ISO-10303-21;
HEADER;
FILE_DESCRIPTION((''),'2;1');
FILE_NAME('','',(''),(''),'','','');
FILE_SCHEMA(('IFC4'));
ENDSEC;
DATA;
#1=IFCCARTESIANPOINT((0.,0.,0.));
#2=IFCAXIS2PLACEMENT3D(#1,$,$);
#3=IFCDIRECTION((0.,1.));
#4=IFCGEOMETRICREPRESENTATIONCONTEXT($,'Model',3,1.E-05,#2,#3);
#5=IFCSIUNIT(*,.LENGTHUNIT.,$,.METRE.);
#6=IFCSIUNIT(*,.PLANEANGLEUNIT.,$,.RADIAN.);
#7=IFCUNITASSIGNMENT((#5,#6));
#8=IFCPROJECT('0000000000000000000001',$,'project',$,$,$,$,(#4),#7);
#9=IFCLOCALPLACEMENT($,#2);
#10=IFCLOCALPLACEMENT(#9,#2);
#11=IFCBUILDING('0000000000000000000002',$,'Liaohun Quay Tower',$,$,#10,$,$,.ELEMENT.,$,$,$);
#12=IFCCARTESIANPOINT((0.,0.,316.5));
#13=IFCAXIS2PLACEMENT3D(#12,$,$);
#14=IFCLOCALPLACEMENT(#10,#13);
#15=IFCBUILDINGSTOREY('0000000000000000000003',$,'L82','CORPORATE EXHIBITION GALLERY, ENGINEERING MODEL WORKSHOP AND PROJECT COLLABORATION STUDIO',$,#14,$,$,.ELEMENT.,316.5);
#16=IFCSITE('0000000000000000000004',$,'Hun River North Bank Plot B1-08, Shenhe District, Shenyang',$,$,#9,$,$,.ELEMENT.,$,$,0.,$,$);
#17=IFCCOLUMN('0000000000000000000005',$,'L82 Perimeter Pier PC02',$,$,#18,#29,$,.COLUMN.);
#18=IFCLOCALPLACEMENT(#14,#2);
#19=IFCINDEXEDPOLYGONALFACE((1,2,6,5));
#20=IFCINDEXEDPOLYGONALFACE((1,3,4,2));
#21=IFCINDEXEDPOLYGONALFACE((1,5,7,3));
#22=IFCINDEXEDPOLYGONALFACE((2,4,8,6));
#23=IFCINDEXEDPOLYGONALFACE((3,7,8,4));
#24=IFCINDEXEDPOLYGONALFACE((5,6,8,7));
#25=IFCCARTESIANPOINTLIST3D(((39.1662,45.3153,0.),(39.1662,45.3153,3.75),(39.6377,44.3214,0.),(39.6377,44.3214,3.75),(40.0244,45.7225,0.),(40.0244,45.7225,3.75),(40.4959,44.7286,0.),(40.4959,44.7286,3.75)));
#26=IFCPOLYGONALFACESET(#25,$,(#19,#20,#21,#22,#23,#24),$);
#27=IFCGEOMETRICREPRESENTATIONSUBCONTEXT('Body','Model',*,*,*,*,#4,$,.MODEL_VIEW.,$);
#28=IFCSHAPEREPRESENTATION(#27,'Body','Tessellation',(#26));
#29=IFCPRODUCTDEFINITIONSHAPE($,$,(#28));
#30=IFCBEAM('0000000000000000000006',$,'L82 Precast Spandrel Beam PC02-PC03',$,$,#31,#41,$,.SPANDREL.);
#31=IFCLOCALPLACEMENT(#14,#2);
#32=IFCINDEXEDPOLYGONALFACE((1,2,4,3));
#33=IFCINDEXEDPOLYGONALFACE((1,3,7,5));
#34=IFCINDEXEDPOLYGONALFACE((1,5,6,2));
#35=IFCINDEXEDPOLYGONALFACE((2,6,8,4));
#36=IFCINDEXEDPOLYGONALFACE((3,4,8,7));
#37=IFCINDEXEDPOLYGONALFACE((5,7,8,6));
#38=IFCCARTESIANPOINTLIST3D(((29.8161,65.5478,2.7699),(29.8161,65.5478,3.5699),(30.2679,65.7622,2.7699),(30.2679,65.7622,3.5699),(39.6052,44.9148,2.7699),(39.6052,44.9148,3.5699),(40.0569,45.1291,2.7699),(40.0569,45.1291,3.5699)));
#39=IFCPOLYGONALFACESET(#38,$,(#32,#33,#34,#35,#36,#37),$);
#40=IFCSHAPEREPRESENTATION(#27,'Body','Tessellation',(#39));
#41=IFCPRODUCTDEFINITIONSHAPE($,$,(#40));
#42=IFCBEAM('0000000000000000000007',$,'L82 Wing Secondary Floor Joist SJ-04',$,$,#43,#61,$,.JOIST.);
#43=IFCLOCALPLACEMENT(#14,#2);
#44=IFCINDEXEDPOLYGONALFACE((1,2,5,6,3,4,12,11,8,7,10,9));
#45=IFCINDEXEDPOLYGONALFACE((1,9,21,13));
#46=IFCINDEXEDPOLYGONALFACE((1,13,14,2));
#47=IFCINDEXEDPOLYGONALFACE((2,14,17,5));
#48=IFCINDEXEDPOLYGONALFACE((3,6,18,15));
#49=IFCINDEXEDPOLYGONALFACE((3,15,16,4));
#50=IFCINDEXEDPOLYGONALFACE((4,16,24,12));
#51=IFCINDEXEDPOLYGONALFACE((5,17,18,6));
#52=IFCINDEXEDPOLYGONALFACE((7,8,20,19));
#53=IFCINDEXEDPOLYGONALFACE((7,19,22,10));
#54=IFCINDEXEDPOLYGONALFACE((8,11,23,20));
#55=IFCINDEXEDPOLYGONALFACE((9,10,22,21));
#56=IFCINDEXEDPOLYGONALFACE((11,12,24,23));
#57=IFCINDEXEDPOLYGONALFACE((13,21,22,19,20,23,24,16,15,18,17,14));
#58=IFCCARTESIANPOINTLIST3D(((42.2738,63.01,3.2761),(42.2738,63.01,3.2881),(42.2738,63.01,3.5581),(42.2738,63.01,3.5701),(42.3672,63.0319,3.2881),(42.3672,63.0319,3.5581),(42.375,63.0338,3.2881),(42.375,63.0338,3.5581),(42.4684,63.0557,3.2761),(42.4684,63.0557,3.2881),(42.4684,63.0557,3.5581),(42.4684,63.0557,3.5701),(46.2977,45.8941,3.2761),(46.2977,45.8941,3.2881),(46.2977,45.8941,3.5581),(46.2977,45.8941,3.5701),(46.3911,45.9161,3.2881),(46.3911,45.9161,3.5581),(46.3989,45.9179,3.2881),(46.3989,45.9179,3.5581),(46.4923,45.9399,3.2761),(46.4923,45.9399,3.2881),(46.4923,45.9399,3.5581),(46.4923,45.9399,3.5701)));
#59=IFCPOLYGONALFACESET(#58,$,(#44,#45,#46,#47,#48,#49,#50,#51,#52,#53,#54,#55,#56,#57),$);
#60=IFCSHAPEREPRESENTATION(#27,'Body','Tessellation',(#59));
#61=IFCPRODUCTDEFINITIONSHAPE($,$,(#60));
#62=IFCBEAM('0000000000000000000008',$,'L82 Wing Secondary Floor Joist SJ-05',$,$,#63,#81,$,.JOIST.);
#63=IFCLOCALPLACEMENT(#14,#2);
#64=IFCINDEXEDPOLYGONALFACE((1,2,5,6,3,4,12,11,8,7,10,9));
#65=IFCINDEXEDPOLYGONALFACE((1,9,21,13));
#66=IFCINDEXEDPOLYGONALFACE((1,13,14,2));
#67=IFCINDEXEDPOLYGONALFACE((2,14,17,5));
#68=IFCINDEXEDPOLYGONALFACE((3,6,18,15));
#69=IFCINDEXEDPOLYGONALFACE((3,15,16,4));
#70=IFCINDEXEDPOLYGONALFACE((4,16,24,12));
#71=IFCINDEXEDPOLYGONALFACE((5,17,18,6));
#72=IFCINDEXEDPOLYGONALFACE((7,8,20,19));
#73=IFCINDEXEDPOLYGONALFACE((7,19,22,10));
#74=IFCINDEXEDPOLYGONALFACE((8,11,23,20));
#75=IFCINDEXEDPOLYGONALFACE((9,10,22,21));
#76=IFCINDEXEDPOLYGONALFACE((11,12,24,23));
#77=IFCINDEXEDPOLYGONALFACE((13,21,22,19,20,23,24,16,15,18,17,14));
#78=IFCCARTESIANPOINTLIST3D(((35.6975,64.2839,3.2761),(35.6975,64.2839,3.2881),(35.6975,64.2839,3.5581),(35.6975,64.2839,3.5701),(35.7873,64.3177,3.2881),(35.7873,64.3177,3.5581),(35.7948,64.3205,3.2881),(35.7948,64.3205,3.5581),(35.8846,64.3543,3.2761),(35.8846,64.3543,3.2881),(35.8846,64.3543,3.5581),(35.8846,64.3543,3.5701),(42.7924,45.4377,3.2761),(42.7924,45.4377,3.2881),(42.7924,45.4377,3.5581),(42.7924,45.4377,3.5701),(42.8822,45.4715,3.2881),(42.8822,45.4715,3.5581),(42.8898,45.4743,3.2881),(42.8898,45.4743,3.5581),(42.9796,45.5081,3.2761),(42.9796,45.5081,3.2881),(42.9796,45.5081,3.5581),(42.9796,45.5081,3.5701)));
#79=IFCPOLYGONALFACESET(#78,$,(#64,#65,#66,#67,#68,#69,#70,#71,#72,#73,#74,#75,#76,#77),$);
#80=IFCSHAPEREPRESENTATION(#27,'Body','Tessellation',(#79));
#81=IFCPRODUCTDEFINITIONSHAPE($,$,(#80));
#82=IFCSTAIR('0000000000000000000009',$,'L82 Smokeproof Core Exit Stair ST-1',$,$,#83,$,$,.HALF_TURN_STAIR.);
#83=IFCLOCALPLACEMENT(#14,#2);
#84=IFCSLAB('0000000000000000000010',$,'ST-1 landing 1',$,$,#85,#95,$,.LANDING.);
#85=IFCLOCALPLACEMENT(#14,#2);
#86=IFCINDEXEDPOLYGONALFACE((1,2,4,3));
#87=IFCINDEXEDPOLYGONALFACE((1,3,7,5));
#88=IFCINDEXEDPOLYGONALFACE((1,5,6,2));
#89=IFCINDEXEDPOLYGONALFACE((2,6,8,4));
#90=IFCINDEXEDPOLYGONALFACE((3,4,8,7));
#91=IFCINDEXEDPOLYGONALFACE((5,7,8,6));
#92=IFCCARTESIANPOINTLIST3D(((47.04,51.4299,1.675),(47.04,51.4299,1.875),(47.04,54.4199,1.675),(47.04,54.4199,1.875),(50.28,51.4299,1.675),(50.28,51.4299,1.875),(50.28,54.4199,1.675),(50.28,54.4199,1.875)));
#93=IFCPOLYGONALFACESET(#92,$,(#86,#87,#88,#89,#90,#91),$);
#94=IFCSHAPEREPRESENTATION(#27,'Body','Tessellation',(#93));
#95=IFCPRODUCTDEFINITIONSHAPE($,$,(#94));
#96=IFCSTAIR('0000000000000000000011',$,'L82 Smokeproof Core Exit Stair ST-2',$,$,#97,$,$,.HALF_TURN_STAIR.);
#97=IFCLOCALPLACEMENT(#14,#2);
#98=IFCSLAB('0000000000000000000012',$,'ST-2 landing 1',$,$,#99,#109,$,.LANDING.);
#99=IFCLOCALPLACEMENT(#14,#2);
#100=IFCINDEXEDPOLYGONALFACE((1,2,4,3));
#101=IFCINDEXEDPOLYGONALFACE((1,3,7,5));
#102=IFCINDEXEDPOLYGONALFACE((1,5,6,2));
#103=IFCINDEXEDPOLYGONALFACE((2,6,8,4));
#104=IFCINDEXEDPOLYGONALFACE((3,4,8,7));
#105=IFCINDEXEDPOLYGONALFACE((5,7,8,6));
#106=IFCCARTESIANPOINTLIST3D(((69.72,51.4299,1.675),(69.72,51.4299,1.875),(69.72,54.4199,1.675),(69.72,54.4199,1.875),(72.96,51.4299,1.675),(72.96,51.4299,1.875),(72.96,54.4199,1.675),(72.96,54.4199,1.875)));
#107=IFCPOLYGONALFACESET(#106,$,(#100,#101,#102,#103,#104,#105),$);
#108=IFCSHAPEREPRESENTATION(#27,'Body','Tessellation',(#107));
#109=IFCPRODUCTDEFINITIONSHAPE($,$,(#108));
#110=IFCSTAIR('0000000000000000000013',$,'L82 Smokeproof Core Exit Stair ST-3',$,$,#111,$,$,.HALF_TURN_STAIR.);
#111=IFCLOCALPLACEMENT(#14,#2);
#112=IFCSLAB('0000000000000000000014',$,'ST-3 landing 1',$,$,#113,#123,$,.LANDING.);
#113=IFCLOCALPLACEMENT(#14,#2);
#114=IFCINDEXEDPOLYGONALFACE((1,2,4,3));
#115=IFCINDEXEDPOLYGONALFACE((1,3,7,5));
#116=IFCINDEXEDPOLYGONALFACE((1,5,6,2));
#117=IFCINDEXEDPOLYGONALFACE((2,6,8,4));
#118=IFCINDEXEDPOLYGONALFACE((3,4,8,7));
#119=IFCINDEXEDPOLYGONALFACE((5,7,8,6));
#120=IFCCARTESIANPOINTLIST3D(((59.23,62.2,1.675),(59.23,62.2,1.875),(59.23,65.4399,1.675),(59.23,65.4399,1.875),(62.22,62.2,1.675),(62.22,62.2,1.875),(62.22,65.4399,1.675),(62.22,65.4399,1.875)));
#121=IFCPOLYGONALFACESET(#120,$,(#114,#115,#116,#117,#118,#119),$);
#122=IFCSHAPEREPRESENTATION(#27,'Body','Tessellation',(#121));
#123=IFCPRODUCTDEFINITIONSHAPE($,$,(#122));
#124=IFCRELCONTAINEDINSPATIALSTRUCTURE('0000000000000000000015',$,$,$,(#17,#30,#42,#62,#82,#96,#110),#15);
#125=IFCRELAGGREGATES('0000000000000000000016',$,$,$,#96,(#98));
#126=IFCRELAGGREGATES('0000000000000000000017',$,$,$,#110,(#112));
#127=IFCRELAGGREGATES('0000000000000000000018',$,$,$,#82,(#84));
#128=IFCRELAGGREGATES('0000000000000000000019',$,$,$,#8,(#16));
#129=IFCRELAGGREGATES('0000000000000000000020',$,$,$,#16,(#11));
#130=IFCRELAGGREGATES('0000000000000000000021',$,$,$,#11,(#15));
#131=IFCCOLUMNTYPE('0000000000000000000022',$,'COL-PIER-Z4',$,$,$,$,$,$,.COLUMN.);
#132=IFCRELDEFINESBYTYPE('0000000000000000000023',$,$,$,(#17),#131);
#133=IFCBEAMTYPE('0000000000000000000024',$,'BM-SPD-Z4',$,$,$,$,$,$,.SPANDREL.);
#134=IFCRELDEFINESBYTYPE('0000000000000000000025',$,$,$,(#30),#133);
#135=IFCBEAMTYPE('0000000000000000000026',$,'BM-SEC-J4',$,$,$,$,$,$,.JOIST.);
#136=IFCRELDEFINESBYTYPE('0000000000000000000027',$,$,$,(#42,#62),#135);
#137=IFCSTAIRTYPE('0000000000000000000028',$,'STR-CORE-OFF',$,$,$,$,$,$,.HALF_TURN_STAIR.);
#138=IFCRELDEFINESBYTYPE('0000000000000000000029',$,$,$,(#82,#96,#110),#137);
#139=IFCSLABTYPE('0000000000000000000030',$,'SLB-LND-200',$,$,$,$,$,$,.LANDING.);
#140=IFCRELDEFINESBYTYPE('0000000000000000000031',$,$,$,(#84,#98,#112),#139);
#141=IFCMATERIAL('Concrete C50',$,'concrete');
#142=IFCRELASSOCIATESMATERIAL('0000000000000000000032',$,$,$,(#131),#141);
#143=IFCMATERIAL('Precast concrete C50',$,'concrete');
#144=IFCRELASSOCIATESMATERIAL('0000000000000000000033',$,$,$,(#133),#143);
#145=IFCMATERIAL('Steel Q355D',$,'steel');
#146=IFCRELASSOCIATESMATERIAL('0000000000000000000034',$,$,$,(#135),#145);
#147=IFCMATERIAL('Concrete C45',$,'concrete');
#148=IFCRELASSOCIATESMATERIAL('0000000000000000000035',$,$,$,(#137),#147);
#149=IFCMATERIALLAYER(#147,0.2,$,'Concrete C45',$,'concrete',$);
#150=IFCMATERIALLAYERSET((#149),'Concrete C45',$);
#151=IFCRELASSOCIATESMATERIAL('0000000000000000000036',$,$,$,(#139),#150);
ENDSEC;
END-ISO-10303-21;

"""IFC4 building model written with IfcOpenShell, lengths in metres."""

from ifc_helpers import new_model, si_unit, direction, frame, origin, origin_2d, place, context, subcontext, project, spatial, polyline, rectangle, i_section, outline, extrude, source, transform, mapped, material, layer, layer_set, material_profile, profile_set, type_object, element, aggregate, save


model = new_model("IFC4")

# Units and contexts
model_context = context("Model", 3, precision=1e-05, world=origin(), true_north=direction((0.0, 1.0)))
body_context = subcontext(model_context, "Body", "Model", "MODEL_VIEW")
ifc_project = project(units=[si_unit("LENGTHUNIT", "METRE"), si_unit("PLANEANGLEUNIT", "RADIAN")], contexts=[model_context])

# Site, building, storey
site_placement = place(None, origin())
site = spatial("IfcSite", under=ifc_project, at=site_placement, Name="Hun River North Bank Plot B1-08, Shenhe District, Shenyang", CompositionType="ELEMENT", RefElevation=0.0)
building_placement = place(site_placement, origin())
building = spatial("IfcBuilding", under=site, at=building_placement, Name="Liaohun Quay Tower", CompositionType="ELEMENT")
storey_placement = place(building_placement, frame((0.0, 0.0, 316.5)))
storey = spatial("IfcBuildingStorey", under=building, at=storey_placement, Name="L82", Description="CORPORATE EXHIBITION GALLERY, ENGINEERING MODEL WORKSHOP AND PROJECT COLLABORATION STUDIO", CompositionType="ELEMENT", Elevation=316.5)

# Column
ifc_material_1 = material(Name="Concrete C50", Category="concrete")
ifc_material_profile_1 = material_profile(ifc_material_1, rectangle(XDim=1.1001, YDim=0.95, at=origin_2d()), Name="RC1100x950")
ifc_profile_set_1 = profile_set([ifc_material_profile_1], Name="Concrete C50")
column_type = type_object("IfcColumnType", Name="COL-PIER-Z4", PredefinedType="COLUMN", material=ifc_profile_set_1)
shared_shape_1 = source(origin(), body_context, "Body", "SweptSolid", [
    extrude(rectangle(XDim=1.1001, YDim=0.95, at=origin_2d()), origin(), (0.0, 0.0, 1.0), 3.75),
])
column_placement = place(storey_placement, frame((39.8311, 45.022, 0.0), z_axis=(0.0, 0.0, 1.0), x_axis=(-0.42862, 0.903485, 0.0)))
element("IfcColumn", 1, at=column_placement, inside=storey, type_object=column_type, Name="L82 Perimeter Pier PC02", PredefinedType="COLUMN", context=body_context, shape_type="MappedRepresentation", body=[
    mapped(shared_shape_1, transform((0.0, 0.0, 0.0), x_axis=(1.0, 0.0, 0.0), y_axis=(0.0, 1.0, 0.0), z_axis=(0.0, 0.0, 1.0), scale=1.0)),
])

# Beams
ifc_material_2 = material(Name="Precast concrete C50", Category="concrete")
ifc_material_profile_2 = material_profile(ifc_material_2, rectangle(XDim=0.5, YDim=0.8, at=origin_2d()), Name="RC500x800")
ifc_profile_set_2 = profile_set([ifc_material_profile_2], Name="Precast concrete C50")
beam_type_1 = type_object("IfcBeamType", Name="BM-SPD-Z4", PredefinedType="SPANDREL", material=ifc_profile_set_2)
shared_shape_2 = source(origin(), body_context, "Body", "SweptSolid", [
    extrude(rectangle(XDim=0.5, YDim=0.8, at=origin_2d()), origin(), (0.0, 0.0, 1.0), 22.8374),
])
beam_1_placement = place(storey_placement, frame((39.8311, 45.022, 3.1699), z_axis=(-0.428641, 0.903475, 0.0), x_axis=(-0.903475, -0.428641, 0.0)))
element("IfcBeam", 2, at=beam_1_placement, inside=storey, type_object=beam_type_1, Name="L82 Precast Spandrel Beam PC02-PC03", PredefinedType="SPANDREL", context=body_context, shape_type="MappedRepresentation", body=[
    mapped(shared_shape_2, transform((0.0, 0.0, 0.0), x_axis=(1.0, 0.0, 0.0), y_axis=(0.0, 1.0, 0.0), z_axis=(0.0, 0.0, 1.0), scale=1.0)),
])
ifc_material_3 = material(Name="Steel Q355D", Category="steel")
ifc_material_profile_3 = material_profile(ifc_material_3, i_section(OverallWidth=0.2, OverallDepth=0.2939, WebThickness=0.0081, FlangeThickness=0.012, at=origin_2d()), Name="HM294x200x8x12")
ifc_profile_set_3 = profile_set([ifc_material_profile_3], Name="Steel Q355D")
beam_type_2 = type_object("IfcBeamType", Name="BM-SEC-J4", PredefinedType="JOIST", material=ifc_profile_set_3)
shared_shape_3 = source(origin(), body_context, "Body", "SweptSolid", [
    extrude(i_section(OverallWidth=0.2, OverallDepth=0.2939, WebThickness=0.0081, FlangeThickness=0.012, at=origin_2d()), origin(), (0.0, 0.0, 1.0), 17.5825),
])
beam_2_placement = place(storey_placement, frame((46.395, 45.917, 3.4231), z_axis=(-0.228858, 0.97346, 0.0), x_axis=(-0.97346, -0.228858, 0.0)))
element("IfcBeam", 3, at=beam_2_placement, inside=storey, type_object=beam_type_2, Name="L82 Wing Secondary Floor Joist SJ-04", PredefinedType="JOIST", context=body_context, shape_type="MappedRepresentation", body=[
    mapped(shared_shape_3, transform((0.0, 0.0, 0.0), x_axis=(1.0, 0.0, 0.0), y_axis=(0.0, 1.0, 0.0), z_axis=(0.0, 0.0, 1.0), scale=1.0)),
])
shared_shape_4 = source(origin(), body_context, "Body", "SweptSolid", [
    extrude(i_section(OverallWidth=0.2, OverallDepth=0.2939, WebThickness=0.0081, FlangeThickness=0.012, at=origin_2d()), origin(), (0.0, 0.0, 1.0), 20.1375),
])
beam_3_placement = place(storey_placement, frame((42.886, 45.4729, 3.4231), z_axis=(-0.352327, 0.935877, 0.0), x_axis=(-0.935877, -0.352327, 0.0)))
element("IfcBeam", 4, at=beam_3_placement, inside=storey, type_object=beam_type_2, Name="L82 Wing Secondary Floor Joist SJ-05", PredefinedType="JOIST", context=body_context, shape_type="MappedRepresentation", body=[
    mapped(shared_shape_4, transform((0.0, 0.0, 0.0), x_axis=(1.0, 0.0, 0.0), y_axis=(0.0, 1.0, 0.0), z_axis=(0.0, 0.0, 1.0), scale=1.0)),
])

# Stairs, slabs
ifc_material_4 = material(Name="Concrete C45", Category="concrete")
stair_type = type_object("IfcStairType", Name="STR-CORE-OFF", PredefinedType="HALF_TURN_STAIR", material=ifc_material_4)
stair_1_placement = place(storey_placement, origin())
stair_1 = element("IfcStair", 5, at=stair_1_placement, inside=storey, type_object=stair_type, Name="L82 Smokeproof Core Exit Stair ST-1", PredefinedType="HALF_TURN_STAIR")
ifc_layer_1 = layer(ifc_material_4, 0.2, Name="Concrete C45", Category="concrete")
ifc_layer_set_1 = layer_set([ifc_layer_1], Name="Concrete C45")
slab_type_1 = type_object("IfcSlabType", Name="SLB-LND-200", PredefinedType="LANDING", material=ifc_layer_set_1)
slab_1_placement = place(storey_placement, frame((0.0, 0.0, 1.675)))
slab_1 = element("IfcSlab", 6, at=slab_1_placement, type_object=slab_type_1, Name="ST-1 landing 1", PredefinedType="LANDING", context=body_context, shape_type="SweptSolid", body=[
    extrude(outline(polyline([(50.28, 51.4299), (50.28, 54.4199), (47.04, 54.4199), (47.04, 51.4299), (50.28, 51.4299)])), origin(), (0.0, 0.0, 1.0), 0.2),
])
stair_2_placement = place(storey_placement, origin())
stair_2 = element("IfcStair", 7, at=stair_2_placement, inside=storey, type_object=stair_type, Name="L82 Smokeproof Core Exit Stair ST-2", PredefinedType="HALF_TURN_STAIR")
slab_2_placement = place(storey_placement, frame((0.0, 0.0, 1.675)))
slab_2 = element("IfcSlab", 8, at=slab_2_placement, type_object=slab_type_1, Name="ST-2 landing 1", PredefinedType="LANDING", context=body_context, shape_type="SweptSolid", body=[
    extrude(outline(polyline([(72.96, 51.4299), (72.96, 54.4199), (69.72, 54.4199), (69.72, 51.4299), (72.96, 51.4299)])), origin(), (0.0, 0.0, 1.0), 0.2),
])
aggregate(stair_2, [slab_2])
stair_3_placement = place(storey_placement, origin())
stair_3 = element("IfcStair", 9, at=stair_3_placement, inside=storey, type_object=stair_type, Name="L82 Smokeproof Core Exit Stair ST-3", PredefinedType="HALF_TURN_STAIR")
slab_3_placement = place(storey_placement, frame((0.0, 0.0, 1.675)))
slab_3 = element("IfcSlab", 10, at=slab_3_placement, type_object=slab_type_1, Name="ST-3 landing 1", PredefinedType="LANDING", context=body_context, shape_type="SweptSolid", body=[
    extrude(outline(polyline([(59.23, 62.2), (62.22, 62.2), (62.22, 65.4399), (59.23, 65.4399), (59.23, 62.2)])), origin(), (0.0, 0.0, 1.0), 0.2),
])
aggregate(stair_3, [slab_3])

aggregate(stair_1, [slab_1])

save(model, "model.ifc")
